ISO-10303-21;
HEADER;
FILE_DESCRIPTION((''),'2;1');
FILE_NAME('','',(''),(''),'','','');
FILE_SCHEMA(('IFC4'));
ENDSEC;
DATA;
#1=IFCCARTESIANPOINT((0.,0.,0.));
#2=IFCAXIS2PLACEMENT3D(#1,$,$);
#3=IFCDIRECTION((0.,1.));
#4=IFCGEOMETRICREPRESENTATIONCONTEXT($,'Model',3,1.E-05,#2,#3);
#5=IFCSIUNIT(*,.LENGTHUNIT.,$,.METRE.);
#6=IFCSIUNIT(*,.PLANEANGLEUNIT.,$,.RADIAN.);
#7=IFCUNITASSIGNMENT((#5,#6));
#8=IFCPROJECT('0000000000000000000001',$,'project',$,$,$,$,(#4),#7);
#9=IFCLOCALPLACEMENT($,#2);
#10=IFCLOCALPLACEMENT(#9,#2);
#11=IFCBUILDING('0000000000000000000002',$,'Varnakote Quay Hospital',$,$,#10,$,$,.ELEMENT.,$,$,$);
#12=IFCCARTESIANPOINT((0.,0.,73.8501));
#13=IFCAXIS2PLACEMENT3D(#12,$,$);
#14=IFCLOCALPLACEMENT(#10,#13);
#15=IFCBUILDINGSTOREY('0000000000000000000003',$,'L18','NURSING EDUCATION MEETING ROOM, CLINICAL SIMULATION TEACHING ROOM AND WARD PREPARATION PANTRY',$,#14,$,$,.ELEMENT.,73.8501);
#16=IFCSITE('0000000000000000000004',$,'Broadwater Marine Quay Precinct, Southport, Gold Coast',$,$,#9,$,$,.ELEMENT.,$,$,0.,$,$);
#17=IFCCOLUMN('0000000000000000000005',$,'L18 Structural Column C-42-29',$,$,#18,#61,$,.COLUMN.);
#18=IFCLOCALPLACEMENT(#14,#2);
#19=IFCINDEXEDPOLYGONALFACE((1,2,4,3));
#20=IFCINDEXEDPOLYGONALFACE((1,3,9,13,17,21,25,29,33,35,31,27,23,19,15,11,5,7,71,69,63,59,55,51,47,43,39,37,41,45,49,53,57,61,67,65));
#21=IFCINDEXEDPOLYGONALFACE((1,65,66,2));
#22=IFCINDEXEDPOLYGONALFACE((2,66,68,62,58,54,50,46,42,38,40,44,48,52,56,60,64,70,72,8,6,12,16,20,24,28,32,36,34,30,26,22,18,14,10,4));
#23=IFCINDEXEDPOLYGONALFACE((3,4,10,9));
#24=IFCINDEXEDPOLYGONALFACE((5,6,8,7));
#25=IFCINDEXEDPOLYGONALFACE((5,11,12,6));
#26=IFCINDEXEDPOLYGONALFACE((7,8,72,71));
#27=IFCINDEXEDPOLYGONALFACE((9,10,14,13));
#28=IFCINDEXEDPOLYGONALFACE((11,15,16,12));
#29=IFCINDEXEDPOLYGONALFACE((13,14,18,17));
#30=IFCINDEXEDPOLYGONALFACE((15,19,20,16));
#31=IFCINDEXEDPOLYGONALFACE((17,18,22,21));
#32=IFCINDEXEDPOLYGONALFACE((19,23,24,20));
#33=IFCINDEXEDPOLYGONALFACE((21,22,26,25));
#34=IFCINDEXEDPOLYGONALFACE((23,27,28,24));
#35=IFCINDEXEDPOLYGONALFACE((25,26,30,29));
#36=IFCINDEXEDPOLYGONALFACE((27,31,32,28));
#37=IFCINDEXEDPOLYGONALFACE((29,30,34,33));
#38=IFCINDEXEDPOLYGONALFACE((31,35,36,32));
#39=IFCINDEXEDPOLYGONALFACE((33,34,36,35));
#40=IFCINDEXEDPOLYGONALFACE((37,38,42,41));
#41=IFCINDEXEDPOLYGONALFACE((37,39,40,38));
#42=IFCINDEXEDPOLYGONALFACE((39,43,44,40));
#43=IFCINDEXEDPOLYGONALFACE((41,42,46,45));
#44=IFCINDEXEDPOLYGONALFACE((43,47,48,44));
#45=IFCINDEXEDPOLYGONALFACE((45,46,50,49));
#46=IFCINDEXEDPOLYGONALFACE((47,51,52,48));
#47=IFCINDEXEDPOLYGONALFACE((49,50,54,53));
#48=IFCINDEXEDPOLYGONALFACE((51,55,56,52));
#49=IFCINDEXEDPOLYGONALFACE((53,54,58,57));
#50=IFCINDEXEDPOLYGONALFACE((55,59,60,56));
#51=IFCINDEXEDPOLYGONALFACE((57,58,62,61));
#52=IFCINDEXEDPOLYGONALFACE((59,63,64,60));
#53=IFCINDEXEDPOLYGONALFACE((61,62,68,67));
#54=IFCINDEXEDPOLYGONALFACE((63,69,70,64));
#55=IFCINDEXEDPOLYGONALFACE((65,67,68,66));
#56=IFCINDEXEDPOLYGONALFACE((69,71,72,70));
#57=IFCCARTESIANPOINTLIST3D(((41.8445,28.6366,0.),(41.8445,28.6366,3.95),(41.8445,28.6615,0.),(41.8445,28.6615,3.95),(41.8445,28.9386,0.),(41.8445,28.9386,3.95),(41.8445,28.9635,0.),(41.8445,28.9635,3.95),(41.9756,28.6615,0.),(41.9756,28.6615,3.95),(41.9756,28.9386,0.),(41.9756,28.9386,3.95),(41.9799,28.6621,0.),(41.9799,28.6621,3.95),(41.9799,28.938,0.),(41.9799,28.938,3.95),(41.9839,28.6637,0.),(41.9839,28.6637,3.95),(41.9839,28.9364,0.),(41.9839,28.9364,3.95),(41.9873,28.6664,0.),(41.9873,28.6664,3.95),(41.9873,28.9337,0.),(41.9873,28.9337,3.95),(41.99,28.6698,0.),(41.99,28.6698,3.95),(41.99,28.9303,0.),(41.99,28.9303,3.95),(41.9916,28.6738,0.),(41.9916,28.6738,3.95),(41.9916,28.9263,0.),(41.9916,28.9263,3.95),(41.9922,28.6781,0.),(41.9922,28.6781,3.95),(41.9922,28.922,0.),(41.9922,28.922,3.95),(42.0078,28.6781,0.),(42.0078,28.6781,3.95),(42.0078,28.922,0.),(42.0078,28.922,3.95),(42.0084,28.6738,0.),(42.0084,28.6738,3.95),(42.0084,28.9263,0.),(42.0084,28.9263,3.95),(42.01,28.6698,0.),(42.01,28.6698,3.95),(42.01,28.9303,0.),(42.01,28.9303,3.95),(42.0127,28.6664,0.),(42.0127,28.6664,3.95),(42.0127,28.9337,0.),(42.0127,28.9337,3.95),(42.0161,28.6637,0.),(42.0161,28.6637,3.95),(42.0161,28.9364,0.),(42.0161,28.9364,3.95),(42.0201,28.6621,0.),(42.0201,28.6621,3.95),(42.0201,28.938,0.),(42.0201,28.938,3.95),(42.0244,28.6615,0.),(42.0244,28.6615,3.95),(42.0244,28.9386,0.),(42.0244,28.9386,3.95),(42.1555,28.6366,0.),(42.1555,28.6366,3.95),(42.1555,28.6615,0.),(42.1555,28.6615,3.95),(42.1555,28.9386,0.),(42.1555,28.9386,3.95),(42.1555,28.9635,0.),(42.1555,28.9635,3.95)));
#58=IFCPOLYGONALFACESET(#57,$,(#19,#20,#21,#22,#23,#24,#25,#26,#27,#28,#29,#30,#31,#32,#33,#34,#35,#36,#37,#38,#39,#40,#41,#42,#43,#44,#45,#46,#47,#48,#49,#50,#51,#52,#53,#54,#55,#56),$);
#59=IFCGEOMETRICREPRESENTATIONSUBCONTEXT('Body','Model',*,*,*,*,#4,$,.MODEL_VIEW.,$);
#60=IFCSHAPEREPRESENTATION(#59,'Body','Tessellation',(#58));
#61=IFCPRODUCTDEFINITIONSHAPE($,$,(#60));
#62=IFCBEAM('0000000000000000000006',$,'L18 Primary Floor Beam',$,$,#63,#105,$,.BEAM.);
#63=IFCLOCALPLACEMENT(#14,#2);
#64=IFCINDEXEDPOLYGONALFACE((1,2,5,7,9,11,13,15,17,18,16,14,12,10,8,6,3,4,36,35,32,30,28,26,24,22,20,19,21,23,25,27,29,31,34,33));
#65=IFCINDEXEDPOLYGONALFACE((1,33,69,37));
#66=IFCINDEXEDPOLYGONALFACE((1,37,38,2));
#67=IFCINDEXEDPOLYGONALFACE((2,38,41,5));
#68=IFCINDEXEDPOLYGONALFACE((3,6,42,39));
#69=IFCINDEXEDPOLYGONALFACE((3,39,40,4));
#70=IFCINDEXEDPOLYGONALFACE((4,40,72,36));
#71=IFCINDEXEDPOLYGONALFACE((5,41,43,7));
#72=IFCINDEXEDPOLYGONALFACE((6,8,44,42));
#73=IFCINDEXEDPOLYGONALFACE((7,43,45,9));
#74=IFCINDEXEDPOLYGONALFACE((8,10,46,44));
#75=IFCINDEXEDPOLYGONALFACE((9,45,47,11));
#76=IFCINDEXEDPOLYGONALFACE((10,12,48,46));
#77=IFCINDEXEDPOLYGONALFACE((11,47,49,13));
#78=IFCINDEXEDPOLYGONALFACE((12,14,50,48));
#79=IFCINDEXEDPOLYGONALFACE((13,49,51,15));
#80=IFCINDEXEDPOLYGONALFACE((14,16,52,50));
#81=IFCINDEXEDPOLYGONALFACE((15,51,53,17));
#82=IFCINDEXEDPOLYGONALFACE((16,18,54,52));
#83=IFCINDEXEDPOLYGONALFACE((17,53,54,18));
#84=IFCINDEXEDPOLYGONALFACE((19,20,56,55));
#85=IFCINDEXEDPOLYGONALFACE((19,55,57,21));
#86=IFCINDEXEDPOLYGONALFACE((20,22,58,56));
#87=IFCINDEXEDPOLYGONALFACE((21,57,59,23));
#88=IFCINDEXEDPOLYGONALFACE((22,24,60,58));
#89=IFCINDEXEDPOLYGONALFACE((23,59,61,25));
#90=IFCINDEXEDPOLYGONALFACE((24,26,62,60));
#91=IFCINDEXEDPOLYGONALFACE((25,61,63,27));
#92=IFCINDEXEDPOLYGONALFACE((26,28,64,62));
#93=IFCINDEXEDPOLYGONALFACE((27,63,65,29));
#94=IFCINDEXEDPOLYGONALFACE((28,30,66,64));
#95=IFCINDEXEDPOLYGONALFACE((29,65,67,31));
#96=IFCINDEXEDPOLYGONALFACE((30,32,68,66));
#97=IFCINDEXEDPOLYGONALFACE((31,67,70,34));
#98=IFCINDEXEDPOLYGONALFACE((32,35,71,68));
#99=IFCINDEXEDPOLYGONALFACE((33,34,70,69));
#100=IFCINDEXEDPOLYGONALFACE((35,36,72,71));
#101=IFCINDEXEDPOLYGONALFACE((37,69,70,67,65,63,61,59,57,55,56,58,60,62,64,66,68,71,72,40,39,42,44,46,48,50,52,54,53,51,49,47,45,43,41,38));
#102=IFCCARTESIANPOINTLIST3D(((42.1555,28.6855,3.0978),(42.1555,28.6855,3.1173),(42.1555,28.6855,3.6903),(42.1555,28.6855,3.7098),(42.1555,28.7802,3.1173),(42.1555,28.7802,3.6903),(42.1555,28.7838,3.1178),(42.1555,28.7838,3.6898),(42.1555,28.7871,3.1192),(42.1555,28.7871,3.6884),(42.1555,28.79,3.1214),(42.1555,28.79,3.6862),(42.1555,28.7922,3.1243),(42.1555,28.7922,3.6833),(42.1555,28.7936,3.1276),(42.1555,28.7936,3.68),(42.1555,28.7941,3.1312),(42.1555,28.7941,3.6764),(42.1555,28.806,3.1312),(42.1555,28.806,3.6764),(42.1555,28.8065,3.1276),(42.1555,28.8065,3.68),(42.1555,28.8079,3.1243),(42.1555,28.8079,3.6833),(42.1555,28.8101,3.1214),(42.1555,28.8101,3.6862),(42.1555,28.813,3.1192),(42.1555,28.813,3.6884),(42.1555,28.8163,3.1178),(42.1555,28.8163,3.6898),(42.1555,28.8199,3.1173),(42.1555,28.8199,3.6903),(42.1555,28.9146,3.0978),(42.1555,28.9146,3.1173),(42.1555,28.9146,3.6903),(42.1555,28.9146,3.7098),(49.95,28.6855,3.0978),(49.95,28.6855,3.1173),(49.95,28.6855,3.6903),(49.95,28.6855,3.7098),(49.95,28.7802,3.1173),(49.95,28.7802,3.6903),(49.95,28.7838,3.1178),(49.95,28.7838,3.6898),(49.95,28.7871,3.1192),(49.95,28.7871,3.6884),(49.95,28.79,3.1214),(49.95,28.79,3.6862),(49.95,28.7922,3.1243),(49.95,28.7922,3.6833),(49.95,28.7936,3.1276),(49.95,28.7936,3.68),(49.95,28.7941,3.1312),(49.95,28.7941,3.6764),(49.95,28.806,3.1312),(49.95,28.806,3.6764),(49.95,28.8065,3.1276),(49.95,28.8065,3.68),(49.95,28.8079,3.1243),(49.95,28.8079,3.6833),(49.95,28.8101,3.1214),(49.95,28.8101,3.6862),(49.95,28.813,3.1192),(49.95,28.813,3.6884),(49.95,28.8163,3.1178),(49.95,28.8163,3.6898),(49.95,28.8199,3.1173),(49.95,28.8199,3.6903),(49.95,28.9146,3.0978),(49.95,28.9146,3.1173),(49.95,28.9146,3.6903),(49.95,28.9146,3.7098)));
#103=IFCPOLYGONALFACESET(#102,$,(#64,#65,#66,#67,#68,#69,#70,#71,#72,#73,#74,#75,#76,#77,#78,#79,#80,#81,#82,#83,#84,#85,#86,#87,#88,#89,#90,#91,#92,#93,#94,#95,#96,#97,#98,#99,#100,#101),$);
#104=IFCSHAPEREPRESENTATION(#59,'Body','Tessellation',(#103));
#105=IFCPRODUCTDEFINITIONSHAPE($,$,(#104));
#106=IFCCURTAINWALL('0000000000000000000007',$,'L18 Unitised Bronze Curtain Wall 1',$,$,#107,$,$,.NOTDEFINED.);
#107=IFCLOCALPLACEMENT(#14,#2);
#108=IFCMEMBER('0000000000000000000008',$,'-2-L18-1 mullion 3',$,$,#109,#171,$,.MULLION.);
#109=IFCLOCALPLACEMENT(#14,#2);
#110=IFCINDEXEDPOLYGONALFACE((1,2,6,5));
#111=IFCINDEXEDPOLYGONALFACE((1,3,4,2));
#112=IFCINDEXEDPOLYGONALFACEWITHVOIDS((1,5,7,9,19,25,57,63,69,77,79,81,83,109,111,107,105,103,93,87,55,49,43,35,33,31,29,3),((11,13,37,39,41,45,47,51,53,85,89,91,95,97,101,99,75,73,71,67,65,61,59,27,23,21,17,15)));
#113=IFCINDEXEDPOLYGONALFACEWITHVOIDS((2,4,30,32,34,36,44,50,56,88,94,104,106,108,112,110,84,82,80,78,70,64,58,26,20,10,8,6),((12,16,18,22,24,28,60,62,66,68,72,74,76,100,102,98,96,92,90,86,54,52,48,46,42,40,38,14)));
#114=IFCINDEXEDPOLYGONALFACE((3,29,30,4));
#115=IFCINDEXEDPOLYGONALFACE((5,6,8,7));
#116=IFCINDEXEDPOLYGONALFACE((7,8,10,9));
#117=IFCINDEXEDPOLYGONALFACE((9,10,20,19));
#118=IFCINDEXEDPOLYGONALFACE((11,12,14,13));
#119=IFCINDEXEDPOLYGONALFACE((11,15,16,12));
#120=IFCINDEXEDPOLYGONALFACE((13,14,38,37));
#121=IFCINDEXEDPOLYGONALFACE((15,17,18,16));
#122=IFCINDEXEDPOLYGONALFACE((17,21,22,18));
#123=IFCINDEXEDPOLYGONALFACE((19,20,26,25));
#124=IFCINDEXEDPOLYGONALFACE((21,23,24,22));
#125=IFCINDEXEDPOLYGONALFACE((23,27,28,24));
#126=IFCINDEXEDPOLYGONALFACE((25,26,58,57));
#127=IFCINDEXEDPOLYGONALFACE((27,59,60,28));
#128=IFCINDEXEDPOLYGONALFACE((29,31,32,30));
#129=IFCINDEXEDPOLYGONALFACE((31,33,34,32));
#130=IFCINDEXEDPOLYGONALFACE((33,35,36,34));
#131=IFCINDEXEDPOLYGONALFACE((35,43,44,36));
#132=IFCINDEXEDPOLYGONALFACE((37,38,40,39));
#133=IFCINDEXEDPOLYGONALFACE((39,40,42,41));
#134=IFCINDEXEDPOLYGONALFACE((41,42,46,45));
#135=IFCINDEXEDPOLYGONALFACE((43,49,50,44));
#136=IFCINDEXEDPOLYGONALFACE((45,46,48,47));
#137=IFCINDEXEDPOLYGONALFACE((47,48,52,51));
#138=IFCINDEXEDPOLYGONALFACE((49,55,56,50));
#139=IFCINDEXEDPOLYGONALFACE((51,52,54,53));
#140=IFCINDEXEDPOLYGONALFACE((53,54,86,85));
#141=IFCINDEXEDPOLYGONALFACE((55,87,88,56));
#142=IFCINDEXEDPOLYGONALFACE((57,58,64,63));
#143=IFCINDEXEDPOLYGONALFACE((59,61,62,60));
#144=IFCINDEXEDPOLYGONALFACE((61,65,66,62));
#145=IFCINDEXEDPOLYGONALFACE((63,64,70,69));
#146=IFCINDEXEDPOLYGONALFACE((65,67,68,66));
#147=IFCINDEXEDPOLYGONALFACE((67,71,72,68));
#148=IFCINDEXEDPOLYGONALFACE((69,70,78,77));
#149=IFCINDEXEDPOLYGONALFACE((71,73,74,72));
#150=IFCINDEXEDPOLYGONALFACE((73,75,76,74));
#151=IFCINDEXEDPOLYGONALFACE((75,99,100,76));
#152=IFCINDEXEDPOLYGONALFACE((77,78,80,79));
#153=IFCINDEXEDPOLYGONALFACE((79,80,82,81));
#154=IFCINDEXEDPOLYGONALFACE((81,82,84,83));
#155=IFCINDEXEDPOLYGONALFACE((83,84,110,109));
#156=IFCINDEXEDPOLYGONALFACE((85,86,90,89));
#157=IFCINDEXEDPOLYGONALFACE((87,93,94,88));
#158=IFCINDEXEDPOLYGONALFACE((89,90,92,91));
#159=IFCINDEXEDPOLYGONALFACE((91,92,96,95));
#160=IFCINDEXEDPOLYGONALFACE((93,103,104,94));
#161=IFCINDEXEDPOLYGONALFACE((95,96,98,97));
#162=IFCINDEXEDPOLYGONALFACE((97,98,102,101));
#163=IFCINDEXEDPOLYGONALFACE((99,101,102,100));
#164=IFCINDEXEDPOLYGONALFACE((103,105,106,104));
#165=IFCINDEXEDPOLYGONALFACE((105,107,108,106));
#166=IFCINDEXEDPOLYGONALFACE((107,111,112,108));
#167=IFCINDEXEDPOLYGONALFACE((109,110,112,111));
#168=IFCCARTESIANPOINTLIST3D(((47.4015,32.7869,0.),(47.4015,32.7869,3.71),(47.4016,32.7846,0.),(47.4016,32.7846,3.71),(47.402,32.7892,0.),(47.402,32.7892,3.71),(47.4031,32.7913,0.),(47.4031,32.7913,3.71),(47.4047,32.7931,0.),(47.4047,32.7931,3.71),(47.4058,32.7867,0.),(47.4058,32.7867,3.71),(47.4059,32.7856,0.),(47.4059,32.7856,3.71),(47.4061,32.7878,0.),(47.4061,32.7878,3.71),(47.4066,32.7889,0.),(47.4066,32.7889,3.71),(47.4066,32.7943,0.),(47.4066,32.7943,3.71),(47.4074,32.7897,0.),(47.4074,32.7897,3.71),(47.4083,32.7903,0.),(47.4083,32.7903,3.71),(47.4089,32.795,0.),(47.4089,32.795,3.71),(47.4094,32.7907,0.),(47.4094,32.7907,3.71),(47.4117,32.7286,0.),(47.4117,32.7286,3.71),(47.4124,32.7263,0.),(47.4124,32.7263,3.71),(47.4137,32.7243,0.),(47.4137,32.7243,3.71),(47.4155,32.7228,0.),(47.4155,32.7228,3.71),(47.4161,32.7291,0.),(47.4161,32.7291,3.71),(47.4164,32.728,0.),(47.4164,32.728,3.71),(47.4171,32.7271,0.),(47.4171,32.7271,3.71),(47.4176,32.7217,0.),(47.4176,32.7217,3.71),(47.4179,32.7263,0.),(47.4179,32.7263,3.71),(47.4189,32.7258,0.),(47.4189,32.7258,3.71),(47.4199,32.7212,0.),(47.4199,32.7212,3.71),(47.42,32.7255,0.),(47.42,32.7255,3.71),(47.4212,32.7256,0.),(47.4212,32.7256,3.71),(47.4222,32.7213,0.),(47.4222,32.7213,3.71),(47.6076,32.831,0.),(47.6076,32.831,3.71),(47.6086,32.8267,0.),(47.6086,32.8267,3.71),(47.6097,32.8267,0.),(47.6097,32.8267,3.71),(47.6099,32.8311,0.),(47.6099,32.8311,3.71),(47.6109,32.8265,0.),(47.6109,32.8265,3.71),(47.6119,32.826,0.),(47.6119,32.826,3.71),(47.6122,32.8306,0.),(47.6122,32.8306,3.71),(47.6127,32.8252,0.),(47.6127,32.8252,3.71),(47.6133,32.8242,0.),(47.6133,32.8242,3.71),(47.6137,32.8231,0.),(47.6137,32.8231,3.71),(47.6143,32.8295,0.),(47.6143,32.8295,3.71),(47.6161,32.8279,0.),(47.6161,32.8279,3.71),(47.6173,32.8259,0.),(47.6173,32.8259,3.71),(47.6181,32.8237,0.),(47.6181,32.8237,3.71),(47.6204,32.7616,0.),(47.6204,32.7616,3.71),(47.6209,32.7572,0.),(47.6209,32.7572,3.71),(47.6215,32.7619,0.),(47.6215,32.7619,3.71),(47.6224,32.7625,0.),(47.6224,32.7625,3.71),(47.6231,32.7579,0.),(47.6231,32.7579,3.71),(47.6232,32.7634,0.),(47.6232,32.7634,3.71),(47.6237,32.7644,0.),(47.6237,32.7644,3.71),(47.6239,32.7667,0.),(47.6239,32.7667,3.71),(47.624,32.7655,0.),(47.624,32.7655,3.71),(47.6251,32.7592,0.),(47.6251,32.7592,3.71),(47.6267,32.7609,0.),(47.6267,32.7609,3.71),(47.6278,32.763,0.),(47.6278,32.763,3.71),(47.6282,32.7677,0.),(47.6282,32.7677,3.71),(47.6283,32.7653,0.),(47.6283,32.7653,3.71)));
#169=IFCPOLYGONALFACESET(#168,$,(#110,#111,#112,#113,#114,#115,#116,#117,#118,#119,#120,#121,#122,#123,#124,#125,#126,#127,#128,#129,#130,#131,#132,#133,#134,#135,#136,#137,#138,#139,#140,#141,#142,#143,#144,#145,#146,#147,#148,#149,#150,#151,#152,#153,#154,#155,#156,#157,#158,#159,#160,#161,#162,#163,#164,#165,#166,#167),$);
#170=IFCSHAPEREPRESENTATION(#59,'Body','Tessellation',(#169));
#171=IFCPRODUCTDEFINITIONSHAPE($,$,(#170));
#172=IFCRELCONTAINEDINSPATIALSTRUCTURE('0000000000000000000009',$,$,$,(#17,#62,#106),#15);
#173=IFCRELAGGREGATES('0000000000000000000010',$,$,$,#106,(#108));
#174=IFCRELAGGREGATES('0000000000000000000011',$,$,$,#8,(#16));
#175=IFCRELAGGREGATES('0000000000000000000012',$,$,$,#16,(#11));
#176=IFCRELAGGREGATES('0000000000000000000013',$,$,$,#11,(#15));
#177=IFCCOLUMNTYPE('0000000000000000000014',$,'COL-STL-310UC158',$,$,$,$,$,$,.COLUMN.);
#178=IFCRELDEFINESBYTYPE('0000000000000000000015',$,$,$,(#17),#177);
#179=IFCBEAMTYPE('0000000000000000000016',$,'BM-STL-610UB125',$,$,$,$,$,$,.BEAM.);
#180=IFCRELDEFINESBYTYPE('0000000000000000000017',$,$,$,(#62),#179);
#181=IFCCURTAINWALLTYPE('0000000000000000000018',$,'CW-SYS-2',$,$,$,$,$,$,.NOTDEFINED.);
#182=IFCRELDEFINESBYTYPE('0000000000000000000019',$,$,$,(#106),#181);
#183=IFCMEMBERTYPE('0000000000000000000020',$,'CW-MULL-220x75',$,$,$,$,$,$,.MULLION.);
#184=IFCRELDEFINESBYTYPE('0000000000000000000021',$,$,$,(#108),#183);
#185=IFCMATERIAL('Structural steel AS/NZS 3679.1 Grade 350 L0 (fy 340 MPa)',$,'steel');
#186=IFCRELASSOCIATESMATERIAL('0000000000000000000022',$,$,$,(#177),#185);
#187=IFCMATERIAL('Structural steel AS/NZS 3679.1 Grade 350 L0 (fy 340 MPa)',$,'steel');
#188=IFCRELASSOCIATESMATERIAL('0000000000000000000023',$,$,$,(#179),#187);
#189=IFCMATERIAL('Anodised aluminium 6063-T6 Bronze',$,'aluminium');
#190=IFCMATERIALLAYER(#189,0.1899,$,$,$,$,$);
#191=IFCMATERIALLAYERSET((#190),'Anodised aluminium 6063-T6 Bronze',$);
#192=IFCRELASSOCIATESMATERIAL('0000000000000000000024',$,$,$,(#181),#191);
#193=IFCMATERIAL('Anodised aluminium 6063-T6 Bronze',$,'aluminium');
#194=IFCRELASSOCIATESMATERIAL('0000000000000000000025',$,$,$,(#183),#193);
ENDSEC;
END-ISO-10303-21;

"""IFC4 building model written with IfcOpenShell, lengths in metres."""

from ifc_helpers import new_model, si_unit, direction, frame, origin, origin_2d, place, context, subcontext, project, spatial, hollow_rectangle, i_section, extrude, material, layer, layer_set, material_profile, profile_set, type_object, element, aggregate, save


model = new_model("IFC4")

# Units and contexts
model_context = context("Model", 3, precision=1e-05, world=origin(), true_north=direction((0.0, 1.0)))
body_context = subcontext(model_context, "Body", "Model", "MODEL_VIEW")
ifc_project = project(units=[si_unit("LENGTHUNIT", "METRE"), si_unit("PLANEANGLEUNIT", "RADIAN")], contexts=[model_context])

# Site, building, storey
site_placement = place(None, origin())
site = spatial("IfcSite", under=ifc_project, at=site_placement, Name="Broadwater Marine Quay Precinct, Southport, Gold Coast", CompositionType="ELEMENT", RefElevation=0.0)
building_placement = place(site_placement, origin())
building = spatial("IfcBuilding", under=site, at=building_placement, Name="Varnakote Quay Hospital", CompositionType="ELEMENT")
storey_placement = place(building_placement, frame((0.0, 0.0, 73.8501)))
storey = spatial("IfcBuildingStorey", under=building, at=storey_placement, Name="L18", Description="NURSING EDUCATION MEETING ROOM, CLINICAL SIMULATION TEACHING ROOM AND WARD PREPARATION PANTRY", CompositionType="ELEMENT", Elevation=73.8501)

# Column
ifc_material_1 = material(Name="Structural steel AS/NZS 3679.1 Grade 350 L0 (fy 340 MPa)", Category="steel")
ifc_material_profile_1 = material_profile(ifc_material_1, i_section(OverallWidth=0.311, OverallDepth=0.3269, WebThickness=0.0156, FlangeThickness=0.0249, FilletRadius=0.0166, at=origin_2d()), Name="310UC158")
ifc_profile_set_1 = profile_set([ifc_material_profile_1], Name="Structural steel AS/NZS 3679.1 Grade 350 L0 (fy 340 MPa)")
column_type = type_object("IfcColumnType", Name="COL-STL-310UC158", PredefinedType="COLUMN", material=ifc_profile_set_1)
column_placement = place(storey_placement, frame((42.0, 28.8, 0.0), z_axis=(0.0, 0.0, 1.0), x_axis=(1.0, 0.0, 0.0)))
element("IfcColumn", 1, at=column_placement, inside=storey, type_object=column_type, Name="L18 Structural Column C-42-29", PredefinedType="COLUMN", context=body_context, shape_type="SweptSolid", body=[
    extrude(i_section(OverallWidth=0.311, OverallDepth=0.3269, WebThickness=0.0156, FlangeThickness=0.0249, FilletRadius=0.0166, at=origin_2d()), origin(), (0.0, 0.0, 1.0), 3.95),
])

# Beam
ifc_material_2 = material(Name="Structural steel AS/NZS 3679.1 Grade 350 L0 (fy 340 MPa)", Category="steel")
ifc_material_profile_2 = material_profile(ifc_material_2, i_section(OverallWidth=0.229, OverallDepth=0.6121, WebThickness=0.012, FlangeThickness=0.0195, FilletRadius=0.0139, at=origin_2d()), Name="610UB125")
ifc_profile_set_2 = profile_set([ifc_material_profile_2], Name="Structural steel AS/NZS 3679.1 Grade 350 L0 (fy 340 MPa)")
beam_type_1 = type_object("IfcBeamType", Name="BM-STL-610UB125", PredefinedType="BEAM", material=ifc_profile_set_2)
beam_1_placement = place(storey_placement, frame((42.1555, 28.8, 3.4038), z_axis=(1.0, 0.0, 0.0), x_axis=(0.0, 1.0, 0.0)))
element("IfcBeam", 2, at=beam_1_placement, inside=storey, type_object=beam_type_1, Name="L18 Primary Floor Beam", PredefinedType="BEAM", context=body_context, shape_type="SweptSolid", body=[
    extrude(i_section(OverallWidth=0.229, OverallDepth=0.6121, WebThickness=0.012, FlangeThickness=0.0195, FilletRadius=0.0139, at=origin_2d()), origin(), (0.0, 0.0, 1.0), 7.7944),
])

# Curtain wall, member
ifc_material_3 = material(Name="Anodised aluminium 6063-T6 Bronze", Category="aluminium")
ifc_layer_1 = layer(ifc_material_3, 0.1899)
ifc_layer_set_1 = layer_set([ifc_layer_1], Name="Anodised aluminium 6063-T6 Bronze")
curtain_wall_type = type_object("IfcCurtainWallType", Name="CW-SYS-2", PredefinedType="NOTDEFINED", material=ifc_layer_set_1)
curtain_wall_placement = place(storey_placement, origin())
curtain_wall = element("IfcCurtainWall", 3, at=curtain_wall_placement, inside=storey, type_object=curtain_wall_type, Name="L18 Unitised Bronze Curtain Wall 1", PredefinedType="NOTDEFINED")
ifc_material_4 = material(Name="Anodised aluminium 6063-T6 Bronze", Category="aluminium")
ifc_material_profile_3 = material_profile(ifc_material_4, hollow_rectangle(XDim=0.075, YDim=0.22, WallThickness=0.0044, InnerFilletRadius=0.0044, OuterFilletRadius=0.009, at=origin_2d()), Name="CW-MULL-220x75")
ifc_profile_set_3 = profile_set([ifc_material_profile_3], Name="Anodised aluminium 6063-T6 Bronze")
member_type_1 = type_object("IfcMemberType", Name="CW-MULL-220x75", PredefinedType="MULLION", material=ifc_profile_set_3)
member_1_placement = place(storey_placement, frame((47.5149, 32.7761, 0.0), z_axis=(0.0, 0.0, 1.0), x_axis=(0.177846, -0.984058, 0.0)))
member_1 = element("IfcMember", 4, at=member_1_placement, type_object=member_type_1, Name="-2-L18-1 mullion 3", PredefinedType="MULLION", context=body_context, shape_type="SweptSolid", body=[
    extrude(hollow_rectangle(XDim=0.075, YDim=0.22, WallThickness=0.0044, InnerFilletRadius=0.0044, OuterFilletRadius=0.009, at=origin_2d()), origin(), (0.0, 0.0, 1.0), 3.71),
])

aggregate(curtain_wall, [member_1])

save(model, "model.ifc")
